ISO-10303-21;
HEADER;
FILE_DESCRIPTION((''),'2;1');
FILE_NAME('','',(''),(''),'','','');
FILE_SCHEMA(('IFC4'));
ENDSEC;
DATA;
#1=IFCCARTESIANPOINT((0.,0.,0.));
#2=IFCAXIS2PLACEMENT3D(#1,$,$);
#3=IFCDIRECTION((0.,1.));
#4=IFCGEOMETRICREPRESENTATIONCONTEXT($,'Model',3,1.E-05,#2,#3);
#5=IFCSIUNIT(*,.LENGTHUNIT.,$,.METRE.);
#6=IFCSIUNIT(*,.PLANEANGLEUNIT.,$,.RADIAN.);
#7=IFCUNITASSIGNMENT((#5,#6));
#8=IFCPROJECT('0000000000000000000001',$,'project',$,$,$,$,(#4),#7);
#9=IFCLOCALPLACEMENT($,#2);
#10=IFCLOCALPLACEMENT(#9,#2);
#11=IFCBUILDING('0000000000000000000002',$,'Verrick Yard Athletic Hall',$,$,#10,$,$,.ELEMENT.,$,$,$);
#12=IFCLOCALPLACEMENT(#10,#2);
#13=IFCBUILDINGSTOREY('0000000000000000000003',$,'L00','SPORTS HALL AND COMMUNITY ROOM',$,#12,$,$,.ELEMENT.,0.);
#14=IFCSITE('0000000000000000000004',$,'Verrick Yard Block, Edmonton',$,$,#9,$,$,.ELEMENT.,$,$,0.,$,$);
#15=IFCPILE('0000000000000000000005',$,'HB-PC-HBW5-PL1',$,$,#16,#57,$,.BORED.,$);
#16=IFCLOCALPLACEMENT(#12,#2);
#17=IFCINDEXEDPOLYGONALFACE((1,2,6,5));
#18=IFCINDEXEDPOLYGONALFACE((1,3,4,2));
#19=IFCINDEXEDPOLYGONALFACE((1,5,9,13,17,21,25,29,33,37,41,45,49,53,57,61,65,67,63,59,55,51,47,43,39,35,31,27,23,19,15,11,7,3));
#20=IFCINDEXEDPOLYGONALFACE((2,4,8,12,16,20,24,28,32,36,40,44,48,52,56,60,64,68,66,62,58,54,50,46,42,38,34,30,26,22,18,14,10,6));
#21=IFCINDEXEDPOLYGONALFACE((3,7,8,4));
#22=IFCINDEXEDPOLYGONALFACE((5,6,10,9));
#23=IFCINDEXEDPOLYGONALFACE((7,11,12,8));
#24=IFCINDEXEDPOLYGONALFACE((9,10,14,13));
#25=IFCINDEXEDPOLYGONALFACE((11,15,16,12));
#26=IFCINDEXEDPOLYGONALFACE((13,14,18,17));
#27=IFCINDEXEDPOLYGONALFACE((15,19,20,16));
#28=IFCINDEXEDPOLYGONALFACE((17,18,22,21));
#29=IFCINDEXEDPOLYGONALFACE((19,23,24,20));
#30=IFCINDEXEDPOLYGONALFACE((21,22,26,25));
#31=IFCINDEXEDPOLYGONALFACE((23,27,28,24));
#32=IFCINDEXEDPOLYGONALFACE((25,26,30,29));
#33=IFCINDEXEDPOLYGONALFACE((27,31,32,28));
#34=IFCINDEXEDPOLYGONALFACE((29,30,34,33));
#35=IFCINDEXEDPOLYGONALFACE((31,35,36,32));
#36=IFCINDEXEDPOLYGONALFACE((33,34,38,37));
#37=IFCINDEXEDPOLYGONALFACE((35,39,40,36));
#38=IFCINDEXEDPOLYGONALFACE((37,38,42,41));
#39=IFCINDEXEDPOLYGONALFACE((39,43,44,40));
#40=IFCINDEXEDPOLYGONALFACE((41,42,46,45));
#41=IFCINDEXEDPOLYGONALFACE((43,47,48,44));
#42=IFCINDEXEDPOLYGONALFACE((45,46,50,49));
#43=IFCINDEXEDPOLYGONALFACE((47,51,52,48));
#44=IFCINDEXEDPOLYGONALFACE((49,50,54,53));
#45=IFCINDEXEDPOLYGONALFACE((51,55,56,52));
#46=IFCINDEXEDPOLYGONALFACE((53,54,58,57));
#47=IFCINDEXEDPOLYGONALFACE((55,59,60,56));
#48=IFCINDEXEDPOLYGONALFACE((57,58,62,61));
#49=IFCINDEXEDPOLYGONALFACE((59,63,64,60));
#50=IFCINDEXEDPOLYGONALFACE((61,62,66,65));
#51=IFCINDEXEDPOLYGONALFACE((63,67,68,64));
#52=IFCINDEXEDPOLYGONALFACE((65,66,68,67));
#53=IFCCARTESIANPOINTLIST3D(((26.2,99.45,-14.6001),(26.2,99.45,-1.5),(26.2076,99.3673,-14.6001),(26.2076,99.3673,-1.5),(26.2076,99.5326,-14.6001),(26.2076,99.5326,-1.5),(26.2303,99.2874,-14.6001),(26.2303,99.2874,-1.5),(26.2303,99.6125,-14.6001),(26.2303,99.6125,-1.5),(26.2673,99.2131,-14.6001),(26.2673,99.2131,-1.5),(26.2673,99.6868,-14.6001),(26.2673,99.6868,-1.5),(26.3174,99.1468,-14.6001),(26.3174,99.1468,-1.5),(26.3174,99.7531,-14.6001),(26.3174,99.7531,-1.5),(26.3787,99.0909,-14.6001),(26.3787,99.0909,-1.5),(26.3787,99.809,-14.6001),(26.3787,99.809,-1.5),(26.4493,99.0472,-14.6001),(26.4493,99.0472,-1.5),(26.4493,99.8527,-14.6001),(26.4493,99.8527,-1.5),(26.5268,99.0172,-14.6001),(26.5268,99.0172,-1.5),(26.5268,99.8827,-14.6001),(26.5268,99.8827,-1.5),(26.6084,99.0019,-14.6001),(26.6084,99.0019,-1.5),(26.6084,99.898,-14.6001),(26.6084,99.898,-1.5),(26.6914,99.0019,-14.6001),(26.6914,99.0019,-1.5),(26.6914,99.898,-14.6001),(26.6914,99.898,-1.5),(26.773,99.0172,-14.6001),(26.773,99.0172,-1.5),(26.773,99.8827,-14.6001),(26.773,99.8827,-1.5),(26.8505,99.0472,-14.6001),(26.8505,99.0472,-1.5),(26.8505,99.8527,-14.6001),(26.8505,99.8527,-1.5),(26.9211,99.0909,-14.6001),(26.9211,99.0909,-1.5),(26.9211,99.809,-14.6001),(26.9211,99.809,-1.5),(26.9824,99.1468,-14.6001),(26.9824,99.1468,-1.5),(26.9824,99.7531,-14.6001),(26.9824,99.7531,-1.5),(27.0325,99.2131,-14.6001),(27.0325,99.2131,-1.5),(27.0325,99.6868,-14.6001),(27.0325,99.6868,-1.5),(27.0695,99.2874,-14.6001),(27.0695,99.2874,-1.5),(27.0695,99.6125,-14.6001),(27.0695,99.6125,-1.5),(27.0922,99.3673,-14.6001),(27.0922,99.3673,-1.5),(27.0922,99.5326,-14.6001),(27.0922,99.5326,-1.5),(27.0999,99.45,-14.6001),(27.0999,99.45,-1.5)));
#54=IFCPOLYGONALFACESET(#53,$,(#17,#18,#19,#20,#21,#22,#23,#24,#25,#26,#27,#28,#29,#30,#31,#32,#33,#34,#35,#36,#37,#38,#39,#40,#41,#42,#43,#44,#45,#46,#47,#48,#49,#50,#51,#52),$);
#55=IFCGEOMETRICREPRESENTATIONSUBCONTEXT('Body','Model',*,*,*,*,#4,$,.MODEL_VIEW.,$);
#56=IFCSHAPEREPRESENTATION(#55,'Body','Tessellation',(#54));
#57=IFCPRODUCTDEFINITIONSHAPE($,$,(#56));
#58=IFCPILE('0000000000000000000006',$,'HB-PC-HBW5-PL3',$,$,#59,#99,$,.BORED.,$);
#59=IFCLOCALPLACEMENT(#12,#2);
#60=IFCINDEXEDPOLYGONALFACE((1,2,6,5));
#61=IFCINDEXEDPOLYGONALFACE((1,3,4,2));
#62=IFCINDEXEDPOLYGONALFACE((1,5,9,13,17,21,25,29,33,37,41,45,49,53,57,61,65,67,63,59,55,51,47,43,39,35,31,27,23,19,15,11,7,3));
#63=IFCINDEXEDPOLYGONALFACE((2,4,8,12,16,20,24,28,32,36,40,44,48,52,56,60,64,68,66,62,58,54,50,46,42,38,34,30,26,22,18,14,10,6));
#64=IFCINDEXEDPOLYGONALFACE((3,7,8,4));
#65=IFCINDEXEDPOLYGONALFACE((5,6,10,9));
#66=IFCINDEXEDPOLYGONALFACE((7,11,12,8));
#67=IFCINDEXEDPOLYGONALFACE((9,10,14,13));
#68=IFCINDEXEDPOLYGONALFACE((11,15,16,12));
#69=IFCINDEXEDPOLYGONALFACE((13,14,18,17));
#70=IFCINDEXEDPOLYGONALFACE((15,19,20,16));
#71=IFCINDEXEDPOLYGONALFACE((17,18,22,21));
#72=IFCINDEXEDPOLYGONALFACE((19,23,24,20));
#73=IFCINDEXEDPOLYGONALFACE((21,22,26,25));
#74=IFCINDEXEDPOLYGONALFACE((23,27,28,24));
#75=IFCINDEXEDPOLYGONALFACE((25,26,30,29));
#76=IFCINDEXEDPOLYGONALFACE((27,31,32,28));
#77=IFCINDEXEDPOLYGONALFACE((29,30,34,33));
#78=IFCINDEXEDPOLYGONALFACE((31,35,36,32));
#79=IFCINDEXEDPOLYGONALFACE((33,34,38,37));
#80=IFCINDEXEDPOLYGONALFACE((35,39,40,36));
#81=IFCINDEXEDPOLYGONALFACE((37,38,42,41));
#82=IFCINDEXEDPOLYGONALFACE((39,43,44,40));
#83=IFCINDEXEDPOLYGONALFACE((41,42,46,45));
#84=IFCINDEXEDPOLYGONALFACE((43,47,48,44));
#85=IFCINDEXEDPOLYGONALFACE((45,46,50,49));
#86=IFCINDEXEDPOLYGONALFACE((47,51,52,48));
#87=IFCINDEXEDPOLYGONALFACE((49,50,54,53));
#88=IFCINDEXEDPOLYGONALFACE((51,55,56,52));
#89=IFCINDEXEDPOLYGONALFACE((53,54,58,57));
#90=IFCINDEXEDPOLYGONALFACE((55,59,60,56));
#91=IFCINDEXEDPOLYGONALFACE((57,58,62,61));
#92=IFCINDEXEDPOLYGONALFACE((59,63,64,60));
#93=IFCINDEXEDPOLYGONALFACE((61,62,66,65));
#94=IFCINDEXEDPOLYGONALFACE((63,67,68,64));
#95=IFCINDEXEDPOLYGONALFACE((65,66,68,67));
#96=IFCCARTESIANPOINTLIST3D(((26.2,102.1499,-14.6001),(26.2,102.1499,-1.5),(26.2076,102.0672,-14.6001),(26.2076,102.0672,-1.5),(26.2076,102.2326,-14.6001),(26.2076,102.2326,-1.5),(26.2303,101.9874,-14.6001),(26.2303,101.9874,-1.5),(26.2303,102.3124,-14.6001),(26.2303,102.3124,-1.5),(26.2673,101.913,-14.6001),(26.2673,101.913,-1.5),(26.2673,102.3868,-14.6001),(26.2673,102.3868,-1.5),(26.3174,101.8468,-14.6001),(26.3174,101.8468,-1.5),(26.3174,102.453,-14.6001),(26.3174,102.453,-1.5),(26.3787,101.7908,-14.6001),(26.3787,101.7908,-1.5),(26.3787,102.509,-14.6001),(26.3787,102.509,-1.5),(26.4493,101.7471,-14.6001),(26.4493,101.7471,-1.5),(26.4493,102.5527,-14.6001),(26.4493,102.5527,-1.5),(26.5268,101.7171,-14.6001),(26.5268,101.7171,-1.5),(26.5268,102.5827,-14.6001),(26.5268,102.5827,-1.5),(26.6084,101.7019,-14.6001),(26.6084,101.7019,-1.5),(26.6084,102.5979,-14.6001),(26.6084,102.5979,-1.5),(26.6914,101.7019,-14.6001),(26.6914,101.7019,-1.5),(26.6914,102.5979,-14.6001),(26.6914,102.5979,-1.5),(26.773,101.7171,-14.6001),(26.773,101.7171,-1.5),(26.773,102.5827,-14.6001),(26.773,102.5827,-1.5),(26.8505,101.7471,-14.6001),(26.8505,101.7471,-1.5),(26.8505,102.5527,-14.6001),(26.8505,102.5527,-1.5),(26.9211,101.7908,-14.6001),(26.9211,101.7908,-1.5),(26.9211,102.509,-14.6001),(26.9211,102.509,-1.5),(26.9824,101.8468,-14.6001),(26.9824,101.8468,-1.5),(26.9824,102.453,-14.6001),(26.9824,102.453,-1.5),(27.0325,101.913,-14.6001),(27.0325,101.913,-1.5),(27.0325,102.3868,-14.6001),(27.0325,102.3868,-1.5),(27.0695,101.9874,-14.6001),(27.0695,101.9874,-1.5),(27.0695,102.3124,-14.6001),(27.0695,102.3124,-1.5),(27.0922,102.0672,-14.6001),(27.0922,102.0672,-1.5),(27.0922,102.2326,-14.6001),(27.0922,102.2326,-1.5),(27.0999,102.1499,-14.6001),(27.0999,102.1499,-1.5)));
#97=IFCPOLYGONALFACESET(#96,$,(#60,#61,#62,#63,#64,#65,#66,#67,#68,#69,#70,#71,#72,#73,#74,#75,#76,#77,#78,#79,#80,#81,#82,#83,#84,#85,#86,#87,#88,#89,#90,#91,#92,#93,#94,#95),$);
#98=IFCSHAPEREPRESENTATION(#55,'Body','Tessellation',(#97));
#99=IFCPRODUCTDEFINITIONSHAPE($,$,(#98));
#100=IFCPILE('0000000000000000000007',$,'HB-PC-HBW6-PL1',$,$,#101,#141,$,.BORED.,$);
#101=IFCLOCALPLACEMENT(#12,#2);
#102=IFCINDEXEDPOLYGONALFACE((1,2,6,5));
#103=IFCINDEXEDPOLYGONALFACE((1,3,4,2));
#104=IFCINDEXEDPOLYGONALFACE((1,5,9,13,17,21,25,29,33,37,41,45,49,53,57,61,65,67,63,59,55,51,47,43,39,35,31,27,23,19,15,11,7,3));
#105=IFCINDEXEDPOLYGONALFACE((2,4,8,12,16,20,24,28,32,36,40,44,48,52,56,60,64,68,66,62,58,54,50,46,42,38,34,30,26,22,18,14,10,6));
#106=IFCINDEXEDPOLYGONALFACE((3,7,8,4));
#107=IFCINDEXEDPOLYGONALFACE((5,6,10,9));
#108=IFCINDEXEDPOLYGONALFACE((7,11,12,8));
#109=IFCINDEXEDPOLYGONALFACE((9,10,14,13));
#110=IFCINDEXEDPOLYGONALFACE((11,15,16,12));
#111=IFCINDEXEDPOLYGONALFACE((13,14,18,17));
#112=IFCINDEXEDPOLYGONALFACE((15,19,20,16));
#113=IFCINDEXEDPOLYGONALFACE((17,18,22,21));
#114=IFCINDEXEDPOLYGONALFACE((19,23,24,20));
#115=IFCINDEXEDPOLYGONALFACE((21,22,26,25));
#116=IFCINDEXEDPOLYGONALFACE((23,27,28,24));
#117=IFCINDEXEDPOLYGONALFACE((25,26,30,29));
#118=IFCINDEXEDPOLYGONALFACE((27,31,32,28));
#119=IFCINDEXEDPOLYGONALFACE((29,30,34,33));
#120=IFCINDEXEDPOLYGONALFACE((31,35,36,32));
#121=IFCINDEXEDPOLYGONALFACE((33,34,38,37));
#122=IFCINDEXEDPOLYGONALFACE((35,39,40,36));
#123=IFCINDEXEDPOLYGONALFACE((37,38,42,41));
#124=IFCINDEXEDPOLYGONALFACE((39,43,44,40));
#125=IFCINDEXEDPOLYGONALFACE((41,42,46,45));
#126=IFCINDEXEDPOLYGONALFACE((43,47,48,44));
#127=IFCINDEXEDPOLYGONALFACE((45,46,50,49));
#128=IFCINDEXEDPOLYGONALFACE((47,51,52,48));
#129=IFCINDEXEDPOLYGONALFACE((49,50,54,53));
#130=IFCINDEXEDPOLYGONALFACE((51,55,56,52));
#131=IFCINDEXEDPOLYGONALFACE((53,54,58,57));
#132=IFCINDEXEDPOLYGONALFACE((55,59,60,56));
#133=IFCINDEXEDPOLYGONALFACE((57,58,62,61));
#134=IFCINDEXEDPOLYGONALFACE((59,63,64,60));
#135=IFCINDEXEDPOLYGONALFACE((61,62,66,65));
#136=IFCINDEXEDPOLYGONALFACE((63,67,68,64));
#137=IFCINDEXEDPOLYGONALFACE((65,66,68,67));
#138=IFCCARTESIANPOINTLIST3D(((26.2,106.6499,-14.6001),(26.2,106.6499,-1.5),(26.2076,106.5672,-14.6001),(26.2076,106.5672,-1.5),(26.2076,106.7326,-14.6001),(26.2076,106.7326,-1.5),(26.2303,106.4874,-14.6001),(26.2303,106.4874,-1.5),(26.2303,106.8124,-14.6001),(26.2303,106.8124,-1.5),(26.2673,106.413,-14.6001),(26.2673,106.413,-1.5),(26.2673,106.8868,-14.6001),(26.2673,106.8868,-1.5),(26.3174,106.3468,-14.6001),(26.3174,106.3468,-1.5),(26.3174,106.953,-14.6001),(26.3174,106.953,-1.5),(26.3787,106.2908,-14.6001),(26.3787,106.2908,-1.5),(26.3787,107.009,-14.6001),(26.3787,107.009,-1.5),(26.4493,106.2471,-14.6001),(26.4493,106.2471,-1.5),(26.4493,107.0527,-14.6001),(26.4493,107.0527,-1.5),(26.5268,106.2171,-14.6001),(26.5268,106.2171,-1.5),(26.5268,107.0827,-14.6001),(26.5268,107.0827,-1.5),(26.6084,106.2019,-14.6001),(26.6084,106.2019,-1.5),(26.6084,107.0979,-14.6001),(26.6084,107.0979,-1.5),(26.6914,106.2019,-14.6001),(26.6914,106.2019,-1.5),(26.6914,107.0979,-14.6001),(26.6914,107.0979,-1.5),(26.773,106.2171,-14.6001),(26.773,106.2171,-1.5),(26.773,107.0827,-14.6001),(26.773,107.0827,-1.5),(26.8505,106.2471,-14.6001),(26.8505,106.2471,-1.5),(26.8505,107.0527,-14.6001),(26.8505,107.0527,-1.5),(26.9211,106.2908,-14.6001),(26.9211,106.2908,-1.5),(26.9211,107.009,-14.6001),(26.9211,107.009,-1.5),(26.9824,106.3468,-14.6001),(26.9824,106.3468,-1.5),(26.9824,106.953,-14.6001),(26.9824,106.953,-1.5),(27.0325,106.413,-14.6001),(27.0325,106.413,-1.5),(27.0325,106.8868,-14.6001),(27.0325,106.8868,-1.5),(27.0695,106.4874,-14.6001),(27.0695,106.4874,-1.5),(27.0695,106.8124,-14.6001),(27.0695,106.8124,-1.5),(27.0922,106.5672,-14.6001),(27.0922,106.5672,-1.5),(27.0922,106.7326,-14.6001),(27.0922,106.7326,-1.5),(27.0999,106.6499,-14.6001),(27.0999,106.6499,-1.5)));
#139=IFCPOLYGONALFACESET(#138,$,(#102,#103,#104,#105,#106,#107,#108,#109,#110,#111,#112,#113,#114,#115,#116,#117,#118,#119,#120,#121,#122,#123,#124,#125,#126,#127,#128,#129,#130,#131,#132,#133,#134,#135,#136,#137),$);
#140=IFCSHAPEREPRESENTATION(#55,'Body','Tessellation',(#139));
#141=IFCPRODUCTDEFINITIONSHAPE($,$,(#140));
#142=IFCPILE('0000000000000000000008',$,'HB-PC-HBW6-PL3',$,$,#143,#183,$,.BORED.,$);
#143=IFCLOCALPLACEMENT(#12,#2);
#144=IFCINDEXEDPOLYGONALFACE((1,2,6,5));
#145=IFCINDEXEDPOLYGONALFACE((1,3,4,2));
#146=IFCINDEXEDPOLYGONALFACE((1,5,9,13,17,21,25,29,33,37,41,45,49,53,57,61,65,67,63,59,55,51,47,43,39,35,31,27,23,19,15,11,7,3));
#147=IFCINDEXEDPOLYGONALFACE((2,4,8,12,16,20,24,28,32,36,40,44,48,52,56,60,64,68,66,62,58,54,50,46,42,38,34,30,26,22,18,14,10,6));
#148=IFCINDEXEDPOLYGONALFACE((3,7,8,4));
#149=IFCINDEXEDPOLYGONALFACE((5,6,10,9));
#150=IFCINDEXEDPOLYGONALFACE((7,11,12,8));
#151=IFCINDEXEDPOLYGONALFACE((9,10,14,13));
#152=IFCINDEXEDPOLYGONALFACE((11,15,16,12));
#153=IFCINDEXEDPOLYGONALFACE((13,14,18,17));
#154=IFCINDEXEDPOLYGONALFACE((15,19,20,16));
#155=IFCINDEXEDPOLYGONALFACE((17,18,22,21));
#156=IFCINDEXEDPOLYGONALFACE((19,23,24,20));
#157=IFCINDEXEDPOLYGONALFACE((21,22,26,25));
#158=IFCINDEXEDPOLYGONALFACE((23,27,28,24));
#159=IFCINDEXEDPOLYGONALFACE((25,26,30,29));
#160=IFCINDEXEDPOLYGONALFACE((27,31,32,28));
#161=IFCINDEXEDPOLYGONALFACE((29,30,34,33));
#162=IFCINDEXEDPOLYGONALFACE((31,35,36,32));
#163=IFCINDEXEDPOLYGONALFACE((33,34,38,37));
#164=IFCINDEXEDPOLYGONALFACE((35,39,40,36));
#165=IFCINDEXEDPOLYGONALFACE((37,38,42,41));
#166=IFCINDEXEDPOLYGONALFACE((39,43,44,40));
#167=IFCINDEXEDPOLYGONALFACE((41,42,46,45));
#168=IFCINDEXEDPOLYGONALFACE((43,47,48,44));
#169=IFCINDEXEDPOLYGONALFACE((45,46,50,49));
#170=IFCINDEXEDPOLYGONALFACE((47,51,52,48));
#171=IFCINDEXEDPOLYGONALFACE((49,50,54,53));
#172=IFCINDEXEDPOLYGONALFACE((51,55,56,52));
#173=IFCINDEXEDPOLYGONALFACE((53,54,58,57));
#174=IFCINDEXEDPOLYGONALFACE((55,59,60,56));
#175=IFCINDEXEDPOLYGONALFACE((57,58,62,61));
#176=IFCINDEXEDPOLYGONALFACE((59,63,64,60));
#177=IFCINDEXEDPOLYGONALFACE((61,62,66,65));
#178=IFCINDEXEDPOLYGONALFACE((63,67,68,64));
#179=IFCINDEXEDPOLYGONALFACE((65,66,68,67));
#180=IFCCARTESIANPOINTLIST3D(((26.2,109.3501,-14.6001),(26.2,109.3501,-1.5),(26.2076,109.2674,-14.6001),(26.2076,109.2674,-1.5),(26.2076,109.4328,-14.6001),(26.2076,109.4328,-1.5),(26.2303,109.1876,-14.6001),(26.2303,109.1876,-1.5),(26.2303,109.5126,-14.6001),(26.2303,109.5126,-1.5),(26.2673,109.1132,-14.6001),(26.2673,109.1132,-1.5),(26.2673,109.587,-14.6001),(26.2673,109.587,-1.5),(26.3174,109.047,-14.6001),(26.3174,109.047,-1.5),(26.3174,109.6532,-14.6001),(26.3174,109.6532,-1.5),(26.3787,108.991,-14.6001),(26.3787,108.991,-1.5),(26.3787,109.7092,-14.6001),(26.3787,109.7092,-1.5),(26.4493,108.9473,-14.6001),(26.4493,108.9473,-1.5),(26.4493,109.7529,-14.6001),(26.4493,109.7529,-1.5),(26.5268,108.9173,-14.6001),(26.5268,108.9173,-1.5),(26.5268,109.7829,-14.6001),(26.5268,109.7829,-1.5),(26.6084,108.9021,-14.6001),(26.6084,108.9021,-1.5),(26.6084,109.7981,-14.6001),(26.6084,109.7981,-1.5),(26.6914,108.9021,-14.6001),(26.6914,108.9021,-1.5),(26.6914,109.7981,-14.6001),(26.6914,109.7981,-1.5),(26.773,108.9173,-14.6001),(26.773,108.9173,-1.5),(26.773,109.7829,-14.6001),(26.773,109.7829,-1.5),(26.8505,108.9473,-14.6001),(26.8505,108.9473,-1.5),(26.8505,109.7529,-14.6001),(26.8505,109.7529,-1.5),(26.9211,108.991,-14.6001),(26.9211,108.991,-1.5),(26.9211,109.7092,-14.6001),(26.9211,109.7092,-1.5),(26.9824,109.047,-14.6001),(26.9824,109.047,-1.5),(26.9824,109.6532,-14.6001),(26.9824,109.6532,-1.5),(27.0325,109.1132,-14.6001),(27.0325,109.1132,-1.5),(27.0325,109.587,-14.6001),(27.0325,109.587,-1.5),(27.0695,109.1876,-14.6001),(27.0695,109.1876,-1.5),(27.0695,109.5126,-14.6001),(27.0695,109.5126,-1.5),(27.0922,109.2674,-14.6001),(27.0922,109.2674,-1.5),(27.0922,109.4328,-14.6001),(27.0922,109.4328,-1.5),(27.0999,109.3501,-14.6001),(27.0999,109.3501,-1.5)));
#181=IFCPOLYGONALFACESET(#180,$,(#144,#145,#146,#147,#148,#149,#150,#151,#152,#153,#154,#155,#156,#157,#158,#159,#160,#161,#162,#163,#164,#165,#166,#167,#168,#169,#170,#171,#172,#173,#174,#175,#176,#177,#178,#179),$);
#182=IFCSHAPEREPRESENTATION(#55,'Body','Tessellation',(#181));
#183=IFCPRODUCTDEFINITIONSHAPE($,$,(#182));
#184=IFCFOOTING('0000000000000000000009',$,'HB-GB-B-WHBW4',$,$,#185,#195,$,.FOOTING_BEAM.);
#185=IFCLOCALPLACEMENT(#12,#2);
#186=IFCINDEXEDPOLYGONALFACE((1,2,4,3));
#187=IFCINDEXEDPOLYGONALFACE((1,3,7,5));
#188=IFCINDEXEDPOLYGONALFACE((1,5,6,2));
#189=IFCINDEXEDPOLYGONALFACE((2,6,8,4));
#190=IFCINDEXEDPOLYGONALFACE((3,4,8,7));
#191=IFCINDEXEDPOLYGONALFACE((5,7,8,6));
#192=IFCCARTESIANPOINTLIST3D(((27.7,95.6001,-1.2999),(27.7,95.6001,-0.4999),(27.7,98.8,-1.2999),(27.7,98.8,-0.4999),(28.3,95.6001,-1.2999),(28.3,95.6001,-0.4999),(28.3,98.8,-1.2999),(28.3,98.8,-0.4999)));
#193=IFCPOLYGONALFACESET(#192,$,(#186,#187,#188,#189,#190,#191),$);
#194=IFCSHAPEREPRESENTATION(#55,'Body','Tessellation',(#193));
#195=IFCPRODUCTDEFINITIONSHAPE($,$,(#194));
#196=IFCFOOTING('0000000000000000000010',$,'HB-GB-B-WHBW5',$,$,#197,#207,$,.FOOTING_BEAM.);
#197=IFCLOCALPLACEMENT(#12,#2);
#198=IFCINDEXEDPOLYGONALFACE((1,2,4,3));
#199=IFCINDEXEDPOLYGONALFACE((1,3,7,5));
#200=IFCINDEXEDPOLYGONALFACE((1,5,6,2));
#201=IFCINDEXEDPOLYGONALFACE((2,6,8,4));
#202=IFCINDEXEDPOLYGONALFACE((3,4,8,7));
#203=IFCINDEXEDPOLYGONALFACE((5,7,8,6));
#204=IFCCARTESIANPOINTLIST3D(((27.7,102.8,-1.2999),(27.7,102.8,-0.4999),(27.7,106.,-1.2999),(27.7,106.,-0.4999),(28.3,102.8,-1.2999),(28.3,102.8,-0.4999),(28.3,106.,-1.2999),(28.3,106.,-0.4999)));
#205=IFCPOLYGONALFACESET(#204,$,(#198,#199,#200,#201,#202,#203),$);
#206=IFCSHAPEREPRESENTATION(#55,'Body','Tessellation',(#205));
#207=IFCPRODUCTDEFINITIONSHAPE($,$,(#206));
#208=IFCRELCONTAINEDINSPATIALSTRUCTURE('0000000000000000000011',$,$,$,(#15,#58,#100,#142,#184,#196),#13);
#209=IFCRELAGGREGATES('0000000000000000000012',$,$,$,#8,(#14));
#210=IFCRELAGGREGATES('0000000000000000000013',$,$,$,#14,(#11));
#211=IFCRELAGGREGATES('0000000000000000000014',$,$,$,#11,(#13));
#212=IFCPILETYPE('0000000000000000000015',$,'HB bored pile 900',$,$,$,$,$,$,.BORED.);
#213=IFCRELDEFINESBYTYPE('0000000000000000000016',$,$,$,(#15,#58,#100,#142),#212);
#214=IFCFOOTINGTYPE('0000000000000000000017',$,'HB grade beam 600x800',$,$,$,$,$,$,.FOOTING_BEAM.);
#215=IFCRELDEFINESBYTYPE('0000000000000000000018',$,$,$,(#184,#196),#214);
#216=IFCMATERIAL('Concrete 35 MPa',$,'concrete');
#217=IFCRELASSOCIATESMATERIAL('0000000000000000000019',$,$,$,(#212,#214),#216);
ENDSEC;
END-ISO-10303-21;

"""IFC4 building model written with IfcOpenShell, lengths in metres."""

from ifc_helpers import new_model, si_unit, direction, frame, origin, origin_2d, place, context, subcontext, project, spatial, rectangle, circle, extrude, material, material_profile, profile_set, type_object, element, save


model = new_model("IFC4")

# Units and contexts
model_context = context("Model", 3, precision=1e-05, world=origin(), true_north=direction((0.0, 1.0)))
body_context = subcontext(model_context, "Body", "Model", "MODEL_VIEW")
ifc_project = project(units=[si_unit("LENGTHUNIT", "METRE"), si_unit("PLANEANGLEUNIT", "RADIAN")], contexts=[model_context])

# Site, building, storey
site_placement = place(None, origin())
site = spatial("IfcSite", under=ifc_project, at=site_placement, Name="Verrick Yard Block, Edmonton", CompositionType="ELEMENT", RefElevation=0.0)
building_placement = place(site_placement, origin())
building = spatial("IfcBuilding", under=site, at=building_placement, Name="Verrick Yard Athletic Hall", CompositionType="ELEMENT")
storey_placement = place(building_placement, origin())
storey = spatial("IfcBuildingStorey", under=building, at=storey_placement, Name="L00", Description="SPORTS HALL AND COMMUNITY ROOM", CompositionType="ELEMENT", Elevation=0.0)

# Piles
ifc_material_1 = material(Name="Concrete 35 MPa", Category="concrete")
ifc_material_profile_1 = material_profile(ifc_material_1, circle(Radius=0.45, at=origin_2d()), Name="Bored pile 900")
ifc_profile_set_1 = profile_set([ifc_material_profile_1], Name="Concrete 35 MPa")
pile_type = type_object("IfcPileType", Name="HB bored pile 900", PredefinedType="BORED", material=ifc_profile_set_1)
for number, where, z_axis, x_axis, name in (
    (1, (26.6499, 99.45, -1.5), (0.0, 0.0, -1.0), (1.0, 0.0, 0.0), "HB-PC-HBW5-PL1"),
    (2, (26.6499, 102.1499, -1.5), (0.0, 0.0, -1.0), (1.0, 0.0, 0.0), "HB-PC-HBW5-PL3"),
    (3, (26.6499, 106.6499, -1.5), (0.0, 0.0, -1.0), (1.0, 0.0, 0.0), "HB-PC-HBW6-PL1"),
    (4, (26.6499, 109.3501, -1.5), (0.0, 0.0, -1.0), (1.0, 0.0, 0.0), "HB-PC-HBW6-PL3"),
):
    element("IfcPile", number, at=place(storey_placement, frame(where, z_axis=z_axis, x_axis=x_axis)), inside=storey, type_object=pile_type, Name=name, PredefinedType="BORED", context=body_context, shape_type="SweptSolid", body=[
        extrude(circle(Radius=0.45, at=origin_2d()), origin(), (0.0, 0.0, 1.0), 13.1001),
    ])

# Footings
ifc_material_profile_2 = material_profile(ifc_material_1, rectangle(XDim=0.6001, YDim=0.8, at=origin_2d()), Name="Grade beam 600x800")
ifc_profile_set_2 = profile_set([ifc_material_profile_2], Name="Concrete 35 MPa")
footing_type = type_object("IfcFootingType", Name="HB grade beam 600x800", PredefinedType="FOOTING_BEAM", material=ifc_profile_set_2)
for number, where, z_axis, x_axis, name in (
    (5, (28.0, 95.6001, -0.8999), (0.0, 1.0, 0.0), (-1.0, 0.0, 0.0), "HB-GB-B-WHBW4"),
    (6, (28.0, 102.8, -0.8999), (0.0, 1.0, 0.0), (-1.0, 0.0, 0.0), "HB-GB-B-WHBW5"),
):
    element("IfcFooting", number, at=place(storey_placement, frame(where, z_axis=z_axis, x_axis=x_axis)), inside=storey, type_object=footing_type, Name=name, PredefinedType="FOOTING_BEAM", context=body_context, shape_type="SweptSolid", body=[
        extrude(rectangle(XDim=0.6001, YDim=0.8, at=origin_2d()), origin(), (0.0, 0.0, 1.0), 3.2),
    ])

save(model, "model.ifc")
